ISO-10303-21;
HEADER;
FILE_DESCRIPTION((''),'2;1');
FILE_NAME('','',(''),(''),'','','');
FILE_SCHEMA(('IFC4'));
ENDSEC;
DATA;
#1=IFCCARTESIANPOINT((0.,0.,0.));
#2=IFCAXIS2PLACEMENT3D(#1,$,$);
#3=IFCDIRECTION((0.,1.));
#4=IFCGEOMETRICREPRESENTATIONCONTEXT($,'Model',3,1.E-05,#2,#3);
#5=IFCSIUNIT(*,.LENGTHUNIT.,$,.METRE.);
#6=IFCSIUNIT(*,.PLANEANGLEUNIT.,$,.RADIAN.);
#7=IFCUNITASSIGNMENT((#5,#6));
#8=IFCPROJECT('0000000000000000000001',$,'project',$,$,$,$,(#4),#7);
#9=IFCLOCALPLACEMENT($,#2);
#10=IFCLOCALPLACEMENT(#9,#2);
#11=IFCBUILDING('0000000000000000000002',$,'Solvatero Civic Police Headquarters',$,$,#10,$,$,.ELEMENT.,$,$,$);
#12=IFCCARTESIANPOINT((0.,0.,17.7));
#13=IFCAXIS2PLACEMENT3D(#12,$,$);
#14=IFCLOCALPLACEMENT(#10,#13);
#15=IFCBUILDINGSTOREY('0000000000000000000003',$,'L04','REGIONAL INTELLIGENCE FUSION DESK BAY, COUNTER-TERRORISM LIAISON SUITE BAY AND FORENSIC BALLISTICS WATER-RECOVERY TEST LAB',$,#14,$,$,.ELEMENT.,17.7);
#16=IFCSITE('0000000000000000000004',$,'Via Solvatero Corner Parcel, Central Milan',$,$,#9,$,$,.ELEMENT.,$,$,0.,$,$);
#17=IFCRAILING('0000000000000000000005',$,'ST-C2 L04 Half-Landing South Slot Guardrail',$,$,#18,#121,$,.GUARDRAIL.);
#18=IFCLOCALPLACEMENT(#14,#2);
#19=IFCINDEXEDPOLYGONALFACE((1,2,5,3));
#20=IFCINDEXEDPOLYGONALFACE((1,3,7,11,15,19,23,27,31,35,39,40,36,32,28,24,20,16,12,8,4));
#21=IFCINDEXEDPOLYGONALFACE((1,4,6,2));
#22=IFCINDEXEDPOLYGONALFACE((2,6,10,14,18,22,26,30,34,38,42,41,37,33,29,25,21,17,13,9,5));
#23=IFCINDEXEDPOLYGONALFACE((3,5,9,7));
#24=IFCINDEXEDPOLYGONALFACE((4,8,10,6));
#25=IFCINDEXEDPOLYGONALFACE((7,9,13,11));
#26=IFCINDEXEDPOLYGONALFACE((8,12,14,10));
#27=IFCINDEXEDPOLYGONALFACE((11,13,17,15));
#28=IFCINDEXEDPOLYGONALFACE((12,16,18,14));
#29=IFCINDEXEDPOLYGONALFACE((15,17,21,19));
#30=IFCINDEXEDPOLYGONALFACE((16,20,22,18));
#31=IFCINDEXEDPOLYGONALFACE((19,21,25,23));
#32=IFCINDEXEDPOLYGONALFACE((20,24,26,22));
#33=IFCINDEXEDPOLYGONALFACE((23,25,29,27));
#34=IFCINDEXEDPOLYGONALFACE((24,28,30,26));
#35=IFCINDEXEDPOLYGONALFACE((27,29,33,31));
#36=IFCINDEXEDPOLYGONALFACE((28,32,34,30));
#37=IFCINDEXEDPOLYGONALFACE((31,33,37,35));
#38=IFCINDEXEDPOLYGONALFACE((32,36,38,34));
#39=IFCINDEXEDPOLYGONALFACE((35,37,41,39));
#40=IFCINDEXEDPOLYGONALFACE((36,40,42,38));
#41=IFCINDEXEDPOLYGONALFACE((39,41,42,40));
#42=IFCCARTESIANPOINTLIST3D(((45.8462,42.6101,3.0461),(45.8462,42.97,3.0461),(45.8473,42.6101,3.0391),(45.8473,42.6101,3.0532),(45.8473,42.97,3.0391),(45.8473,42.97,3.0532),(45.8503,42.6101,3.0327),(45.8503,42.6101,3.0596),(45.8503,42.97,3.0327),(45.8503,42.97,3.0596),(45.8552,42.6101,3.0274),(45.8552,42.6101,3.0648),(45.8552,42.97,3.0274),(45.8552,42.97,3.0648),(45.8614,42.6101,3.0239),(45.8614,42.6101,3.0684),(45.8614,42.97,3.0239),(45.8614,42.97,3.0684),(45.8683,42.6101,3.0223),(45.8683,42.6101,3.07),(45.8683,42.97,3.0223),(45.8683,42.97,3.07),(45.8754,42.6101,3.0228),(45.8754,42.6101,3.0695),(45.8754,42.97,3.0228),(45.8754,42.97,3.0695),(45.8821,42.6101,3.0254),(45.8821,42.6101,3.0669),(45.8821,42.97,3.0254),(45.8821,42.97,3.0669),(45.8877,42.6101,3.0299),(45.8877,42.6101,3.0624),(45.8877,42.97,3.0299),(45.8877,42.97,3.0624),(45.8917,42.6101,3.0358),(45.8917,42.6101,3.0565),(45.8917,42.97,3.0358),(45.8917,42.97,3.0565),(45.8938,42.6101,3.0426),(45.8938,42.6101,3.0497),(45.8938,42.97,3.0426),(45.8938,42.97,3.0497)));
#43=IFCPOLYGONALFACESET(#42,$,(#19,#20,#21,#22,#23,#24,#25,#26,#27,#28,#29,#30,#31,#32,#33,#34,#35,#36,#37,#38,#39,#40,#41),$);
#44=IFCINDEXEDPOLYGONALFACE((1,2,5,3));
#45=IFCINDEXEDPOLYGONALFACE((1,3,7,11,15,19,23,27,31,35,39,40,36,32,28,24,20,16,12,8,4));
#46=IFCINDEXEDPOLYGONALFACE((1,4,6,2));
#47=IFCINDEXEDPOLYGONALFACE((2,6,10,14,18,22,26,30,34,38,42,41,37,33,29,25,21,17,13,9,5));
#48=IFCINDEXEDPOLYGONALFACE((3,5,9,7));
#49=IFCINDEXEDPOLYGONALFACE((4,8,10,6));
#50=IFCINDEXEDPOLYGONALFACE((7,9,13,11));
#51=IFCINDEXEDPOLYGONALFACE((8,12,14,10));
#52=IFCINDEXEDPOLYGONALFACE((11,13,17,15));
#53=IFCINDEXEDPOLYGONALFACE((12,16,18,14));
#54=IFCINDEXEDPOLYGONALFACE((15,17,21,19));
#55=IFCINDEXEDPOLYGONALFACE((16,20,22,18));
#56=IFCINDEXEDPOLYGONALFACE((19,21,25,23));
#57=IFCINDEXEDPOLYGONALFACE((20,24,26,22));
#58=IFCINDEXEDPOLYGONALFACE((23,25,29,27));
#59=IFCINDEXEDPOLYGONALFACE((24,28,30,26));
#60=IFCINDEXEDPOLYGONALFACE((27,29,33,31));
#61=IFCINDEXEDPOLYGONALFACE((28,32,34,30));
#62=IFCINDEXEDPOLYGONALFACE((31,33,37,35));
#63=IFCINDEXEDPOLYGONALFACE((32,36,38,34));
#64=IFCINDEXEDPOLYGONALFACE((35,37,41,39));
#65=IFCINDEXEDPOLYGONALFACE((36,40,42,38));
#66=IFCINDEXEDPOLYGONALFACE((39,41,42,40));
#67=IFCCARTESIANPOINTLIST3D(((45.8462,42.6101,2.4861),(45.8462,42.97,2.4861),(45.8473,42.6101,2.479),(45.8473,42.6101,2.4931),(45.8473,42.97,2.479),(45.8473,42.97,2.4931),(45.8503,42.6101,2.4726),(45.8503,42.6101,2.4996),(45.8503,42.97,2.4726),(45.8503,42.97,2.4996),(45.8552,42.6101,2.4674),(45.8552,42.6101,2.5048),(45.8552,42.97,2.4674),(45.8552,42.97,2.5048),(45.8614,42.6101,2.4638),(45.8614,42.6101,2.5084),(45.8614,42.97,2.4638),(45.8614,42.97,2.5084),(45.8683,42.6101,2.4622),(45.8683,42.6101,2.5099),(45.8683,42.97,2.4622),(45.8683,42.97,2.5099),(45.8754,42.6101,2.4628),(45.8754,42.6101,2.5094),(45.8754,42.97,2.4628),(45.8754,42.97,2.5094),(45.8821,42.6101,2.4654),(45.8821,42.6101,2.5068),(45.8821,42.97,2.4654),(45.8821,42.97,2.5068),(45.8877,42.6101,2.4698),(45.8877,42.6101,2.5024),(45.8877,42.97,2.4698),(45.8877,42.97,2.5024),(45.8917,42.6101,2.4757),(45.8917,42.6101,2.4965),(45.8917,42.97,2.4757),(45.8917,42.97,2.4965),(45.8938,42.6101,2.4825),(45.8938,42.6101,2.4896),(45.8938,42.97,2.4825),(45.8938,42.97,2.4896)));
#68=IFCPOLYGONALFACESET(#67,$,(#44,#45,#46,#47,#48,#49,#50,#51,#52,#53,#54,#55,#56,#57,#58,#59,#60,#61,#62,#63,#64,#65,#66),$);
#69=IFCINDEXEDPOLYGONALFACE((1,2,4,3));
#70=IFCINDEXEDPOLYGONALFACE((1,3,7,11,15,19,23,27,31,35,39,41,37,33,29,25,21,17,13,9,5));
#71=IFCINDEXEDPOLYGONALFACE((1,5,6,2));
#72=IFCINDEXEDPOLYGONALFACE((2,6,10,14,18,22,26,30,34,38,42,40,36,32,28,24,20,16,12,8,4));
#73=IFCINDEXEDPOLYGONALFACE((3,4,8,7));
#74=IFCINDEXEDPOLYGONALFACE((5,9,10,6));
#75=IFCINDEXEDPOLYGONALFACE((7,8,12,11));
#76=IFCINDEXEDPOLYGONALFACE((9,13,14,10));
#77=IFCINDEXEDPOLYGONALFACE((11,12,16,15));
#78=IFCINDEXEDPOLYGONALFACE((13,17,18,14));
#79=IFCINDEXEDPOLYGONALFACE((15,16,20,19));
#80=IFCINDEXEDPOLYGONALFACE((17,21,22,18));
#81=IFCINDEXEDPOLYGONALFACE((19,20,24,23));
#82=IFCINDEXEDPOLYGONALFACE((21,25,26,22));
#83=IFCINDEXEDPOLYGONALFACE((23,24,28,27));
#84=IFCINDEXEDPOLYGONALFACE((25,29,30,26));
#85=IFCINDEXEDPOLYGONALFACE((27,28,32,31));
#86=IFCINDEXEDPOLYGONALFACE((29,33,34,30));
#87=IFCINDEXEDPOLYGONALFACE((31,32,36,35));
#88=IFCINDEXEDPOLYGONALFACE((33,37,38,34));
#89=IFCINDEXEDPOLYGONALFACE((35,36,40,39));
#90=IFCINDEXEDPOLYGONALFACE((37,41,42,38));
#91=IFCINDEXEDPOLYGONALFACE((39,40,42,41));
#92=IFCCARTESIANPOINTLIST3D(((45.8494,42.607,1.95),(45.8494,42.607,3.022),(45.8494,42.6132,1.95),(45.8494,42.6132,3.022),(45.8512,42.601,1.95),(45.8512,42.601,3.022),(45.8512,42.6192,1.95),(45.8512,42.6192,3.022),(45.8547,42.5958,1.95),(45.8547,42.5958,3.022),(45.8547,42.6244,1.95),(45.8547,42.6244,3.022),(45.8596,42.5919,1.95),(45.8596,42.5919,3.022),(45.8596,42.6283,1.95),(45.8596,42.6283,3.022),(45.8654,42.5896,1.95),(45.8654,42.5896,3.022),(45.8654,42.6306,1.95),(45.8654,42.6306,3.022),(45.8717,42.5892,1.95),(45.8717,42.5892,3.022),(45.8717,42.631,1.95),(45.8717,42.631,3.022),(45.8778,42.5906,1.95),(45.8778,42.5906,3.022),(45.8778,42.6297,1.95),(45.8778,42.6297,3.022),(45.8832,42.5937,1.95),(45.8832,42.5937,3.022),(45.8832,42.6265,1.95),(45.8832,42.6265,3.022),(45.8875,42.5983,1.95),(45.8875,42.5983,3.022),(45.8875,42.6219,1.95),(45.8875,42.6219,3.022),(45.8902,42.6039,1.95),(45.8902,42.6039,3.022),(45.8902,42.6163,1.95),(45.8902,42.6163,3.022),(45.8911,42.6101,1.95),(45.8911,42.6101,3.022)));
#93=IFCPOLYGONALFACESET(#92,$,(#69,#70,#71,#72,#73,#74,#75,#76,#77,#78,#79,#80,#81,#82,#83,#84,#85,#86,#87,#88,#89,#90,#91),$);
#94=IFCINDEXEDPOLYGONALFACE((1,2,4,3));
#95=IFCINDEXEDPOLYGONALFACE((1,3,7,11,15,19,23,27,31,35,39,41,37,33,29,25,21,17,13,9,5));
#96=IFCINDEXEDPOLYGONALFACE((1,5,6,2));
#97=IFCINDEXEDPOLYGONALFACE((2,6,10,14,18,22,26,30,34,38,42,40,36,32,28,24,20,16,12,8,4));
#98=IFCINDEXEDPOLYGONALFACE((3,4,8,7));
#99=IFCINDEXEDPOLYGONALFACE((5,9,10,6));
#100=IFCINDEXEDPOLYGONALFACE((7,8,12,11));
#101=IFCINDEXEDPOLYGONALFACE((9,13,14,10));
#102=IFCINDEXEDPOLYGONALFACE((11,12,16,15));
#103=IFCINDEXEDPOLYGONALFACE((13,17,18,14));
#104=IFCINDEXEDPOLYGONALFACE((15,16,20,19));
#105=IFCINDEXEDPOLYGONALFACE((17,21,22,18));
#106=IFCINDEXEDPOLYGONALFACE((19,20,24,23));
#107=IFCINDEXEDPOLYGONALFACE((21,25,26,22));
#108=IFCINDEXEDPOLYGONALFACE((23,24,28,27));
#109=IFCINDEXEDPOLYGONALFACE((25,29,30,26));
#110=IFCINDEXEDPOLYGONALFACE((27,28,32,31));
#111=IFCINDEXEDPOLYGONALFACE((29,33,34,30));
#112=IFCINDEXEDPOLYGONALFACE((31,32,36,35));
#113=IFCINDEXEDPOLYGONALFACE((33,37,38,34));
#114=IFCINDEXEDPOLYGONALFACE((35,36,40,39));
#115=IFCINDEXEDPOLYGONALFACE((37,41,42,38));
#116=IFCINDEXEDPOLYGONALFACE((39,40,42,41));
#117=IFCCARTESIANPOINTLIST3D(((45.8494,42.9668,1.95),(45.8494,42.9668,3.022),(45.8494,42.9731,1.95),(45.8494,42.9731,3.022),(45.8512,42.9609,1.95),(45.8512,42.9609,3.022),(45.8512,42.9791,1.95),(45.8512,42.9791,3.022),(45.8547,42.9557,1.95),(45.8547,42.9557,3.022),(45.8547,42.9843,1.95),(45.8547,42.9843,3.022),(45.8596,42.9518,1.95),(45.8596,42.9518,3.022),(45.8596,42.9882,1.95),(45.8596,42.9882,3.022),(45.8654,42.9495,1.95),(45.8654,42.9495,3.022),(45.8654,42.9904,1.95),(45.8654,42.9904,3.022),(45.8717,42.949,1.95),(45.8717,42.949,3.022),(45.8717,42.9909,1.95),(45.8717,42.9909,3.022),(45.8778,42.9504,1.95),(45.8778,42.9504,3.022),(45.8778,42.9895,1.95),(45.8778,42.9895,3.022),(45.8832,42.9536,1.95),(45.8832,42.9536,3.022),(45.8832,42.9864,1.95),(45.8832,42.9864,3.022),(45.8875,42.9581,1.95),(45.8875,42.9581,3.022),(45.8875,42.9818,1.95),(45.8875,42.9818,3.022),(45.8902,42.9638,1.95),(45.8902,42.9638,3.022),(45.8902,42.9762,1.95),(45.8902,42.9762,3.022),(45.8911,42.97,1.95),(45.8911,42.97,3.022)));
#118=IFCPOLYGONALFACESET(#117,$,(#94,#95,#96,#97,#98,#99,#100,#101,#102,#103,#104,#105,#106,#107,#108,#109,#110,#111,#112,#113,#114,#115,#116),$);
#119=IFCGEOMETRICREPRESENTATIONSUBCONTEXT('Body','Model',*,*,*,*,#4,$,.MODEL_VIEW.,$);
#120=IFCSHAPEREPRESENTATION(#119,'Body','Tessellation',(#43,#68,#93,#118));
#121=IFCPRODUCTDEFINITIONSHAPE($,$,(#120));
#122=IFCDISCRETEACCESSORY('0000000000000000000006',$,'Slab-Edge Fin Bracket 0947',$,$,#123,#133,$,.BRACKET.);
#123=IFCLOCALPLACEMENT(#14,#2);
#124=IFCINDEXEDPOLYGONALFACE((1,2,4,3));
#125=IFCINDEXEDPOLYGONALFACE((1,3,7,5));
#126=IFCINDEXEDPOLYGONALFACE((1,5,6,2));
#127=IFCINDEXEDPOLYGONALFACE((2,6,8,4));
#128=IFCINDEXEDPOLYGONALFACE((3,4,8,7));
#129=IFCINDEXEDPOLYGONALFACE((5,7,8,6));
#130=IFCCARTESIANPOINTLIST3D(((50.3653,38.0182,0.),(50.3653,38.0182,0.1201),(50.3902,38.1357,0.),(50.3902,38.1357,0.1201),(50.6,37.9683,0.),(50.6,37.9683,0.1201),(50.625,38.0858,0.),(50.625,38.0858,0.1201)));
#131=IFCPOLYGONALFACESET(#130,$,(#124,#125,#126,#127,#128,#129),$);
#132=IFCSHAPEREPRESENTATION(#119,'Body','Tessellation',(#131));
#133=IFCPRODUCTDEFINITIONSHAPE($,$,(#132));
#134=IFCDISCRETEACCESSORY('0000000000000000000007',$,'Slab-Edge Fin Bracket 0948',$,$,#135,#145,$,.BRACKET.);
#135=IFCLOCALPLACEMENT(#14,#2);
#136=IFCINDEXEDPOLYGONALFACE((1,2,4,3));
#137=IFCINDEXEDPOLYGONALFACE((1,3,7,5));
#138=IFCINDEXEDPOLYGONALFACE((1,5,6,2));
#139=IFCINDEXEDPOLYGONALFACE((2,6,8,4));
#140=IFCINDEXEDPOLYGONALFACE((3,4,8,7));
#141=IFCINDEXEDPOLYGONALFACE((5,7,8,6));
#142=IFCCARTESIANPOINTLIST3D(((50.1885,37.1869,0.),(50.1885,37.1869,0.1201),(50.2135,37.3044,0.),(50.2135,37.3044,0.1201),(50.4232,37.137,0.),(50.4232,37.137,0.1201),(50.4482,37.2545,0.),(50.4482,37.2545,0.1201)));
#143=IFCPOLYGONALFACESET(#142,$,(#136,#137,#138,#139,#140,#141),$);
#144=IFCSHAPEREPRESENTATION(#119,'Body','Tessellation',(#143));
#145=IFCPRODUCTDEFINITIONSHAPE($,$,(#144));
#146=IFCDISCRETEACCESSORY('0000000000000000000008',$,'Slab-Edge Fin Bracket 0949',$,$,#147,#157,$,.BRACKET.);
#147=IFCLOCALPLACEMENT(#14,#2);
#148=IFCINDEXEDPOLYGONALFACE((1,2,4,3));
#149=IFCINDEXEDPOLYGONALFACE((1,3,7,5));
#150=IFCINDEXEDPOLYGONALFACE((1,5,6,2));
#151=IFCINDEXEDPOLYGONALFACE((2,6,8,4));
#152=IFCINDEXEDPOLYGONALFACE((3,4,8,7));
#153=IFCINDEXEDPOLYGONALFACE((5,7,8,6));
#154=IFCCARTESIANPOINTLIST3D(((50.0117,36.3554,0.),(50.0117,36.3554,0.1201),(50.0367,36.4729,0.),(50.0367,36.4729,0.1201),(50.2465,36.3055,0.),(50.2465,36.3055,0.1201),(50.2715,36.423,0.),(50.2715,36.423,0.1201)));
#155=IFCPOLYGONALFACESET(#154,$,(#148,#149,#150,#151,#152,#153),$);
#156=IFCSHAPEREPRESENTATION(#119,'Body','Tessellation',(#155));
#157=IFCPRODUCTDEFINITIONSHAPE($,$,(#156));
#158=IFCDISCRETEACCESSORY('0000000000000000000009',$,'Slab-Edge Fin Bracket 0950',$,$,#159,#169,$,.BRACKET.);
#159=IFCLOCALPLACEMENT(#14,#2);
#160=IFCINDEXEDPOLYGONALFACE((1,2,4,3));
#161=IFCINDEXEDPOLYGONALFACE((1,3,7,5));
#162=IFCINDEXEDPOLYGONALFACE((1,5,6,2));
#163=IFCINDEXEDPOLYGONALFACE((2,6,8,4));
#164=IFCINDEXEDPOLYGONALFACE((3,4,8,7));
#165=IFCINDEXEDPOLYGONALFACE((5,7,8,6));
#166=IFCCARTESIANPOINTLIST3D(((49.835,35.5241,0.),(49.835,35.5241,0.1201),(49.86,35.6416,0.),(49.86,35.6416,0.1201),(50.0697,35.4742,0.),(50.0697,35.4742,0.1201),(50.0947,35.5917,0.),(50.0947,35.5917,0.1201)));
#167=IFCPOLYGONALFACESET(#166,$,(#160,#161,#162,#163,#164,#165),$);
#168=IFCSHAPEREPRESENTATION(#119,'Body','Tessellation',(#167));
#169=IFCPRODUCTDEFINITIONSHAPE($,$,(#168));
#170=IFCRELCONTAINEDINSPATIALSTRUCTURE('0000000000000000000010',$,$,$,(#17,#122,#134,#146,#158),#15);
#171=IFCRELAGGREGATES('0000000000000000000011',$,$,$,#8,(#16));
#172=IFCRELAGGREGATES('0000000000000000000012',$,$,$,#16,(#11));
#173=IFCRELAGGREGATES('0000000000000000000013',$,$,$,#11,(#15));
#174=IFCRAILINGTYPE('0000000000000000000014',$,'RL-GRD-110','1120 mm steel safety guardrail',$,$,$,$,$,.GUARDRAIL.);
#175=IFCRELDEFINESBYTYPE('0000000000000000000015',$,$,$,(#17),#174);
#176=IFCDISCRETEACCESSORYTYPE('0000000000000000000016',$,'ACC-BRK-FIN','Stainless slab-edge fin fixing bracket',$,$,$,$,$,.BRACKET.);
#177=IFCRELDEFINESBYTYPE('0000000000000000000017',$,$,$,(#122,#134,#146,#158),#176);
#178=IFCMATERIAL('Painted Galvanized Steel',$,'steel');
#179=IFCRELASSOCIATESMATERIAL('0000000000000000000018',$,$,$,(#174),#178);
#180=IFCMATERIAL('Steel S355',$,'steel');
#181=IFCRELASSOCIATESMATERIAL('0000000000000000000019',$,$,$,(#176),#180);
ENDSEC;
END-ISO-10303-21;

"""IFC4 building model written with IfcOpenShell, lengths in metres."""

from ifc_helpers import new_model, si_unit, direction, frame, origin, origin_2d, place, context, subcontext, project, spatial, rectangle, circle, extrude, material, type_object, element, save


model = new_model("IFC4")

# Units and contexts
model_context = context("Model", 3, precision=1e-05, world=origin(), true_north=direction((0.0, 1.0)))
body_context = subcontext(model_context, "Body", "Model", "MODEL_VIEW")
ifc_project = project(units=[si_unit("LENGTHUNIT", "METRE"), si_unit("PLANEANGLEUNIT", "RADIAN")], contexts=[model_context])

# Site, building, storey
site_placement = place(None, origin())
site = spatial("IfcSite", under=ifc_project, at=site_placement, Name="Via Solvatero Corner Parcel, Central Milan", CompositionType="ELEMENT", RefElevation=0.0)
building_placement = place(site_placement, origin())
building = spatial("IfcBuilding", under=site, at=building_placement, Name="Solvatero Civic Police Headquarters", CompositionType="ELEMENT")
storey_placement = place(building_placement, frame((0.0, 0.0, 17.7)))
storey = spatial("IfcBuildingStorey", under=building, at=storey_placement, Name="L04", Description="REGIONAL INTELLIGENCE FUSION DESK BAY, COUNTER-TERRORISM LIAISON SUITE BAY AND FORENSIC BALLISTICS WATER-RECOVERY TEST LAB", CompositionType="ELEMENT", Elevation=17.7)

# Shared definitions
ifc_material_1 = material(Name="Steel S355", Category="steel")

# Railing
ifc_material_2 = material(Name="Painted Galvanized Steel", Category="steel")
railing_type = type_object("IfcRailingType", Name="RL-GRD-110", Description="1120 mm steel safety guardrail", PredefinedType="GUARDRAIL", material=ifc_material_2)
railing_1_placement = place(storey_placement, frame((45.8701, 42.6101, 1.95)))
element("IfcRailing", 1, at=railing_1_placement, inside=storey, type_object=railing_type, Name="ST-C2 L04 Half-Landing South Slot Guardrail", PredefinedType="GUARDRAIL", context=body_context, shape_type="SweptSolid", body=[
    extrude(circle(Radius=0.0239, at=origin_2d()), frame((0.0, 0.0, 1.0962), z_axis=(0.0, 1.0, 0.0), x_axis=(-1.0, 0.0, 0.0)), (0.0, 0.0, 1.0), 0.3599),
    extrude(circle(Radius=0.0239, at=origin_2d()), frame((0.0, 0.0, 0.5361), z_axis=(0.0, 1.0, 0.0), x_axis=(-1.0, 0.0, 0.0)), (0.0, 0.0, 1.0), 0.3599),
    extrude(circle(Radius=0.021, at=origin_2d()), origin(), (0.0, 0.0, 1.0), 1.072),
    extrude(circle(Radius=0.021, at=origin_2d()), frame((0.0, 0.3599, 0.0)), (0.0, 0.0, 1.0), 1.072),
])

# Discrete accessories
discrete_accessory_type = type_object("IfcDiscreteAccessoryType", Name="ACC-BRK-FIN", Description="Stainless slab-edge fin fixing bracket", PredefinedType="BRACKET", material=ifc_material_1)
for number, where, z_axis, x_axis, name in (
    (2, (50.4951, 38.052, 0.0), (0.0, 0.0, 1.0), (-0.207912, -0.978148, 0.0), "Slab-Edge Fin Bracket 0947"),
    (3, (50.3184, 37.2207, 0.0), (0.0, 0.0, 1.0), (-0.207912, -0.978148, 0.0), "Slab-Edge Fin Bracket 0948"),
    (4, (50.1416, 36.3892, 0.0), (0.0, 0.0, 1.0), (-0.207912, -0.978148, 0.0), "Slab-Edge Fin Bracket 0949"),
    (5, (49.9648, 35.5579, 0.0), (0.0, 0.0, 1.0), (-0.207912, -0.978148, 0.0), "Slab-Edge Fin Bracket 0950"),
):
    element("IfcDiscreteAccessory", number, at=place(storey_placement, frame(where, z_axis=z_axis, x_axis=x_axis)), inside=storey, type_object=discrete_accessory_type, Name=name, PredefinedType="BRACKET", context=body_context, shape_type="SweptSolid", body=[
        extrude(rectangle(XDim=0.1201, YDim=0.24, at=origin_2d()), origin(), (0.0, 0.0, 1.0), 0.1201),
    ])

save(model, "model.ifc")
